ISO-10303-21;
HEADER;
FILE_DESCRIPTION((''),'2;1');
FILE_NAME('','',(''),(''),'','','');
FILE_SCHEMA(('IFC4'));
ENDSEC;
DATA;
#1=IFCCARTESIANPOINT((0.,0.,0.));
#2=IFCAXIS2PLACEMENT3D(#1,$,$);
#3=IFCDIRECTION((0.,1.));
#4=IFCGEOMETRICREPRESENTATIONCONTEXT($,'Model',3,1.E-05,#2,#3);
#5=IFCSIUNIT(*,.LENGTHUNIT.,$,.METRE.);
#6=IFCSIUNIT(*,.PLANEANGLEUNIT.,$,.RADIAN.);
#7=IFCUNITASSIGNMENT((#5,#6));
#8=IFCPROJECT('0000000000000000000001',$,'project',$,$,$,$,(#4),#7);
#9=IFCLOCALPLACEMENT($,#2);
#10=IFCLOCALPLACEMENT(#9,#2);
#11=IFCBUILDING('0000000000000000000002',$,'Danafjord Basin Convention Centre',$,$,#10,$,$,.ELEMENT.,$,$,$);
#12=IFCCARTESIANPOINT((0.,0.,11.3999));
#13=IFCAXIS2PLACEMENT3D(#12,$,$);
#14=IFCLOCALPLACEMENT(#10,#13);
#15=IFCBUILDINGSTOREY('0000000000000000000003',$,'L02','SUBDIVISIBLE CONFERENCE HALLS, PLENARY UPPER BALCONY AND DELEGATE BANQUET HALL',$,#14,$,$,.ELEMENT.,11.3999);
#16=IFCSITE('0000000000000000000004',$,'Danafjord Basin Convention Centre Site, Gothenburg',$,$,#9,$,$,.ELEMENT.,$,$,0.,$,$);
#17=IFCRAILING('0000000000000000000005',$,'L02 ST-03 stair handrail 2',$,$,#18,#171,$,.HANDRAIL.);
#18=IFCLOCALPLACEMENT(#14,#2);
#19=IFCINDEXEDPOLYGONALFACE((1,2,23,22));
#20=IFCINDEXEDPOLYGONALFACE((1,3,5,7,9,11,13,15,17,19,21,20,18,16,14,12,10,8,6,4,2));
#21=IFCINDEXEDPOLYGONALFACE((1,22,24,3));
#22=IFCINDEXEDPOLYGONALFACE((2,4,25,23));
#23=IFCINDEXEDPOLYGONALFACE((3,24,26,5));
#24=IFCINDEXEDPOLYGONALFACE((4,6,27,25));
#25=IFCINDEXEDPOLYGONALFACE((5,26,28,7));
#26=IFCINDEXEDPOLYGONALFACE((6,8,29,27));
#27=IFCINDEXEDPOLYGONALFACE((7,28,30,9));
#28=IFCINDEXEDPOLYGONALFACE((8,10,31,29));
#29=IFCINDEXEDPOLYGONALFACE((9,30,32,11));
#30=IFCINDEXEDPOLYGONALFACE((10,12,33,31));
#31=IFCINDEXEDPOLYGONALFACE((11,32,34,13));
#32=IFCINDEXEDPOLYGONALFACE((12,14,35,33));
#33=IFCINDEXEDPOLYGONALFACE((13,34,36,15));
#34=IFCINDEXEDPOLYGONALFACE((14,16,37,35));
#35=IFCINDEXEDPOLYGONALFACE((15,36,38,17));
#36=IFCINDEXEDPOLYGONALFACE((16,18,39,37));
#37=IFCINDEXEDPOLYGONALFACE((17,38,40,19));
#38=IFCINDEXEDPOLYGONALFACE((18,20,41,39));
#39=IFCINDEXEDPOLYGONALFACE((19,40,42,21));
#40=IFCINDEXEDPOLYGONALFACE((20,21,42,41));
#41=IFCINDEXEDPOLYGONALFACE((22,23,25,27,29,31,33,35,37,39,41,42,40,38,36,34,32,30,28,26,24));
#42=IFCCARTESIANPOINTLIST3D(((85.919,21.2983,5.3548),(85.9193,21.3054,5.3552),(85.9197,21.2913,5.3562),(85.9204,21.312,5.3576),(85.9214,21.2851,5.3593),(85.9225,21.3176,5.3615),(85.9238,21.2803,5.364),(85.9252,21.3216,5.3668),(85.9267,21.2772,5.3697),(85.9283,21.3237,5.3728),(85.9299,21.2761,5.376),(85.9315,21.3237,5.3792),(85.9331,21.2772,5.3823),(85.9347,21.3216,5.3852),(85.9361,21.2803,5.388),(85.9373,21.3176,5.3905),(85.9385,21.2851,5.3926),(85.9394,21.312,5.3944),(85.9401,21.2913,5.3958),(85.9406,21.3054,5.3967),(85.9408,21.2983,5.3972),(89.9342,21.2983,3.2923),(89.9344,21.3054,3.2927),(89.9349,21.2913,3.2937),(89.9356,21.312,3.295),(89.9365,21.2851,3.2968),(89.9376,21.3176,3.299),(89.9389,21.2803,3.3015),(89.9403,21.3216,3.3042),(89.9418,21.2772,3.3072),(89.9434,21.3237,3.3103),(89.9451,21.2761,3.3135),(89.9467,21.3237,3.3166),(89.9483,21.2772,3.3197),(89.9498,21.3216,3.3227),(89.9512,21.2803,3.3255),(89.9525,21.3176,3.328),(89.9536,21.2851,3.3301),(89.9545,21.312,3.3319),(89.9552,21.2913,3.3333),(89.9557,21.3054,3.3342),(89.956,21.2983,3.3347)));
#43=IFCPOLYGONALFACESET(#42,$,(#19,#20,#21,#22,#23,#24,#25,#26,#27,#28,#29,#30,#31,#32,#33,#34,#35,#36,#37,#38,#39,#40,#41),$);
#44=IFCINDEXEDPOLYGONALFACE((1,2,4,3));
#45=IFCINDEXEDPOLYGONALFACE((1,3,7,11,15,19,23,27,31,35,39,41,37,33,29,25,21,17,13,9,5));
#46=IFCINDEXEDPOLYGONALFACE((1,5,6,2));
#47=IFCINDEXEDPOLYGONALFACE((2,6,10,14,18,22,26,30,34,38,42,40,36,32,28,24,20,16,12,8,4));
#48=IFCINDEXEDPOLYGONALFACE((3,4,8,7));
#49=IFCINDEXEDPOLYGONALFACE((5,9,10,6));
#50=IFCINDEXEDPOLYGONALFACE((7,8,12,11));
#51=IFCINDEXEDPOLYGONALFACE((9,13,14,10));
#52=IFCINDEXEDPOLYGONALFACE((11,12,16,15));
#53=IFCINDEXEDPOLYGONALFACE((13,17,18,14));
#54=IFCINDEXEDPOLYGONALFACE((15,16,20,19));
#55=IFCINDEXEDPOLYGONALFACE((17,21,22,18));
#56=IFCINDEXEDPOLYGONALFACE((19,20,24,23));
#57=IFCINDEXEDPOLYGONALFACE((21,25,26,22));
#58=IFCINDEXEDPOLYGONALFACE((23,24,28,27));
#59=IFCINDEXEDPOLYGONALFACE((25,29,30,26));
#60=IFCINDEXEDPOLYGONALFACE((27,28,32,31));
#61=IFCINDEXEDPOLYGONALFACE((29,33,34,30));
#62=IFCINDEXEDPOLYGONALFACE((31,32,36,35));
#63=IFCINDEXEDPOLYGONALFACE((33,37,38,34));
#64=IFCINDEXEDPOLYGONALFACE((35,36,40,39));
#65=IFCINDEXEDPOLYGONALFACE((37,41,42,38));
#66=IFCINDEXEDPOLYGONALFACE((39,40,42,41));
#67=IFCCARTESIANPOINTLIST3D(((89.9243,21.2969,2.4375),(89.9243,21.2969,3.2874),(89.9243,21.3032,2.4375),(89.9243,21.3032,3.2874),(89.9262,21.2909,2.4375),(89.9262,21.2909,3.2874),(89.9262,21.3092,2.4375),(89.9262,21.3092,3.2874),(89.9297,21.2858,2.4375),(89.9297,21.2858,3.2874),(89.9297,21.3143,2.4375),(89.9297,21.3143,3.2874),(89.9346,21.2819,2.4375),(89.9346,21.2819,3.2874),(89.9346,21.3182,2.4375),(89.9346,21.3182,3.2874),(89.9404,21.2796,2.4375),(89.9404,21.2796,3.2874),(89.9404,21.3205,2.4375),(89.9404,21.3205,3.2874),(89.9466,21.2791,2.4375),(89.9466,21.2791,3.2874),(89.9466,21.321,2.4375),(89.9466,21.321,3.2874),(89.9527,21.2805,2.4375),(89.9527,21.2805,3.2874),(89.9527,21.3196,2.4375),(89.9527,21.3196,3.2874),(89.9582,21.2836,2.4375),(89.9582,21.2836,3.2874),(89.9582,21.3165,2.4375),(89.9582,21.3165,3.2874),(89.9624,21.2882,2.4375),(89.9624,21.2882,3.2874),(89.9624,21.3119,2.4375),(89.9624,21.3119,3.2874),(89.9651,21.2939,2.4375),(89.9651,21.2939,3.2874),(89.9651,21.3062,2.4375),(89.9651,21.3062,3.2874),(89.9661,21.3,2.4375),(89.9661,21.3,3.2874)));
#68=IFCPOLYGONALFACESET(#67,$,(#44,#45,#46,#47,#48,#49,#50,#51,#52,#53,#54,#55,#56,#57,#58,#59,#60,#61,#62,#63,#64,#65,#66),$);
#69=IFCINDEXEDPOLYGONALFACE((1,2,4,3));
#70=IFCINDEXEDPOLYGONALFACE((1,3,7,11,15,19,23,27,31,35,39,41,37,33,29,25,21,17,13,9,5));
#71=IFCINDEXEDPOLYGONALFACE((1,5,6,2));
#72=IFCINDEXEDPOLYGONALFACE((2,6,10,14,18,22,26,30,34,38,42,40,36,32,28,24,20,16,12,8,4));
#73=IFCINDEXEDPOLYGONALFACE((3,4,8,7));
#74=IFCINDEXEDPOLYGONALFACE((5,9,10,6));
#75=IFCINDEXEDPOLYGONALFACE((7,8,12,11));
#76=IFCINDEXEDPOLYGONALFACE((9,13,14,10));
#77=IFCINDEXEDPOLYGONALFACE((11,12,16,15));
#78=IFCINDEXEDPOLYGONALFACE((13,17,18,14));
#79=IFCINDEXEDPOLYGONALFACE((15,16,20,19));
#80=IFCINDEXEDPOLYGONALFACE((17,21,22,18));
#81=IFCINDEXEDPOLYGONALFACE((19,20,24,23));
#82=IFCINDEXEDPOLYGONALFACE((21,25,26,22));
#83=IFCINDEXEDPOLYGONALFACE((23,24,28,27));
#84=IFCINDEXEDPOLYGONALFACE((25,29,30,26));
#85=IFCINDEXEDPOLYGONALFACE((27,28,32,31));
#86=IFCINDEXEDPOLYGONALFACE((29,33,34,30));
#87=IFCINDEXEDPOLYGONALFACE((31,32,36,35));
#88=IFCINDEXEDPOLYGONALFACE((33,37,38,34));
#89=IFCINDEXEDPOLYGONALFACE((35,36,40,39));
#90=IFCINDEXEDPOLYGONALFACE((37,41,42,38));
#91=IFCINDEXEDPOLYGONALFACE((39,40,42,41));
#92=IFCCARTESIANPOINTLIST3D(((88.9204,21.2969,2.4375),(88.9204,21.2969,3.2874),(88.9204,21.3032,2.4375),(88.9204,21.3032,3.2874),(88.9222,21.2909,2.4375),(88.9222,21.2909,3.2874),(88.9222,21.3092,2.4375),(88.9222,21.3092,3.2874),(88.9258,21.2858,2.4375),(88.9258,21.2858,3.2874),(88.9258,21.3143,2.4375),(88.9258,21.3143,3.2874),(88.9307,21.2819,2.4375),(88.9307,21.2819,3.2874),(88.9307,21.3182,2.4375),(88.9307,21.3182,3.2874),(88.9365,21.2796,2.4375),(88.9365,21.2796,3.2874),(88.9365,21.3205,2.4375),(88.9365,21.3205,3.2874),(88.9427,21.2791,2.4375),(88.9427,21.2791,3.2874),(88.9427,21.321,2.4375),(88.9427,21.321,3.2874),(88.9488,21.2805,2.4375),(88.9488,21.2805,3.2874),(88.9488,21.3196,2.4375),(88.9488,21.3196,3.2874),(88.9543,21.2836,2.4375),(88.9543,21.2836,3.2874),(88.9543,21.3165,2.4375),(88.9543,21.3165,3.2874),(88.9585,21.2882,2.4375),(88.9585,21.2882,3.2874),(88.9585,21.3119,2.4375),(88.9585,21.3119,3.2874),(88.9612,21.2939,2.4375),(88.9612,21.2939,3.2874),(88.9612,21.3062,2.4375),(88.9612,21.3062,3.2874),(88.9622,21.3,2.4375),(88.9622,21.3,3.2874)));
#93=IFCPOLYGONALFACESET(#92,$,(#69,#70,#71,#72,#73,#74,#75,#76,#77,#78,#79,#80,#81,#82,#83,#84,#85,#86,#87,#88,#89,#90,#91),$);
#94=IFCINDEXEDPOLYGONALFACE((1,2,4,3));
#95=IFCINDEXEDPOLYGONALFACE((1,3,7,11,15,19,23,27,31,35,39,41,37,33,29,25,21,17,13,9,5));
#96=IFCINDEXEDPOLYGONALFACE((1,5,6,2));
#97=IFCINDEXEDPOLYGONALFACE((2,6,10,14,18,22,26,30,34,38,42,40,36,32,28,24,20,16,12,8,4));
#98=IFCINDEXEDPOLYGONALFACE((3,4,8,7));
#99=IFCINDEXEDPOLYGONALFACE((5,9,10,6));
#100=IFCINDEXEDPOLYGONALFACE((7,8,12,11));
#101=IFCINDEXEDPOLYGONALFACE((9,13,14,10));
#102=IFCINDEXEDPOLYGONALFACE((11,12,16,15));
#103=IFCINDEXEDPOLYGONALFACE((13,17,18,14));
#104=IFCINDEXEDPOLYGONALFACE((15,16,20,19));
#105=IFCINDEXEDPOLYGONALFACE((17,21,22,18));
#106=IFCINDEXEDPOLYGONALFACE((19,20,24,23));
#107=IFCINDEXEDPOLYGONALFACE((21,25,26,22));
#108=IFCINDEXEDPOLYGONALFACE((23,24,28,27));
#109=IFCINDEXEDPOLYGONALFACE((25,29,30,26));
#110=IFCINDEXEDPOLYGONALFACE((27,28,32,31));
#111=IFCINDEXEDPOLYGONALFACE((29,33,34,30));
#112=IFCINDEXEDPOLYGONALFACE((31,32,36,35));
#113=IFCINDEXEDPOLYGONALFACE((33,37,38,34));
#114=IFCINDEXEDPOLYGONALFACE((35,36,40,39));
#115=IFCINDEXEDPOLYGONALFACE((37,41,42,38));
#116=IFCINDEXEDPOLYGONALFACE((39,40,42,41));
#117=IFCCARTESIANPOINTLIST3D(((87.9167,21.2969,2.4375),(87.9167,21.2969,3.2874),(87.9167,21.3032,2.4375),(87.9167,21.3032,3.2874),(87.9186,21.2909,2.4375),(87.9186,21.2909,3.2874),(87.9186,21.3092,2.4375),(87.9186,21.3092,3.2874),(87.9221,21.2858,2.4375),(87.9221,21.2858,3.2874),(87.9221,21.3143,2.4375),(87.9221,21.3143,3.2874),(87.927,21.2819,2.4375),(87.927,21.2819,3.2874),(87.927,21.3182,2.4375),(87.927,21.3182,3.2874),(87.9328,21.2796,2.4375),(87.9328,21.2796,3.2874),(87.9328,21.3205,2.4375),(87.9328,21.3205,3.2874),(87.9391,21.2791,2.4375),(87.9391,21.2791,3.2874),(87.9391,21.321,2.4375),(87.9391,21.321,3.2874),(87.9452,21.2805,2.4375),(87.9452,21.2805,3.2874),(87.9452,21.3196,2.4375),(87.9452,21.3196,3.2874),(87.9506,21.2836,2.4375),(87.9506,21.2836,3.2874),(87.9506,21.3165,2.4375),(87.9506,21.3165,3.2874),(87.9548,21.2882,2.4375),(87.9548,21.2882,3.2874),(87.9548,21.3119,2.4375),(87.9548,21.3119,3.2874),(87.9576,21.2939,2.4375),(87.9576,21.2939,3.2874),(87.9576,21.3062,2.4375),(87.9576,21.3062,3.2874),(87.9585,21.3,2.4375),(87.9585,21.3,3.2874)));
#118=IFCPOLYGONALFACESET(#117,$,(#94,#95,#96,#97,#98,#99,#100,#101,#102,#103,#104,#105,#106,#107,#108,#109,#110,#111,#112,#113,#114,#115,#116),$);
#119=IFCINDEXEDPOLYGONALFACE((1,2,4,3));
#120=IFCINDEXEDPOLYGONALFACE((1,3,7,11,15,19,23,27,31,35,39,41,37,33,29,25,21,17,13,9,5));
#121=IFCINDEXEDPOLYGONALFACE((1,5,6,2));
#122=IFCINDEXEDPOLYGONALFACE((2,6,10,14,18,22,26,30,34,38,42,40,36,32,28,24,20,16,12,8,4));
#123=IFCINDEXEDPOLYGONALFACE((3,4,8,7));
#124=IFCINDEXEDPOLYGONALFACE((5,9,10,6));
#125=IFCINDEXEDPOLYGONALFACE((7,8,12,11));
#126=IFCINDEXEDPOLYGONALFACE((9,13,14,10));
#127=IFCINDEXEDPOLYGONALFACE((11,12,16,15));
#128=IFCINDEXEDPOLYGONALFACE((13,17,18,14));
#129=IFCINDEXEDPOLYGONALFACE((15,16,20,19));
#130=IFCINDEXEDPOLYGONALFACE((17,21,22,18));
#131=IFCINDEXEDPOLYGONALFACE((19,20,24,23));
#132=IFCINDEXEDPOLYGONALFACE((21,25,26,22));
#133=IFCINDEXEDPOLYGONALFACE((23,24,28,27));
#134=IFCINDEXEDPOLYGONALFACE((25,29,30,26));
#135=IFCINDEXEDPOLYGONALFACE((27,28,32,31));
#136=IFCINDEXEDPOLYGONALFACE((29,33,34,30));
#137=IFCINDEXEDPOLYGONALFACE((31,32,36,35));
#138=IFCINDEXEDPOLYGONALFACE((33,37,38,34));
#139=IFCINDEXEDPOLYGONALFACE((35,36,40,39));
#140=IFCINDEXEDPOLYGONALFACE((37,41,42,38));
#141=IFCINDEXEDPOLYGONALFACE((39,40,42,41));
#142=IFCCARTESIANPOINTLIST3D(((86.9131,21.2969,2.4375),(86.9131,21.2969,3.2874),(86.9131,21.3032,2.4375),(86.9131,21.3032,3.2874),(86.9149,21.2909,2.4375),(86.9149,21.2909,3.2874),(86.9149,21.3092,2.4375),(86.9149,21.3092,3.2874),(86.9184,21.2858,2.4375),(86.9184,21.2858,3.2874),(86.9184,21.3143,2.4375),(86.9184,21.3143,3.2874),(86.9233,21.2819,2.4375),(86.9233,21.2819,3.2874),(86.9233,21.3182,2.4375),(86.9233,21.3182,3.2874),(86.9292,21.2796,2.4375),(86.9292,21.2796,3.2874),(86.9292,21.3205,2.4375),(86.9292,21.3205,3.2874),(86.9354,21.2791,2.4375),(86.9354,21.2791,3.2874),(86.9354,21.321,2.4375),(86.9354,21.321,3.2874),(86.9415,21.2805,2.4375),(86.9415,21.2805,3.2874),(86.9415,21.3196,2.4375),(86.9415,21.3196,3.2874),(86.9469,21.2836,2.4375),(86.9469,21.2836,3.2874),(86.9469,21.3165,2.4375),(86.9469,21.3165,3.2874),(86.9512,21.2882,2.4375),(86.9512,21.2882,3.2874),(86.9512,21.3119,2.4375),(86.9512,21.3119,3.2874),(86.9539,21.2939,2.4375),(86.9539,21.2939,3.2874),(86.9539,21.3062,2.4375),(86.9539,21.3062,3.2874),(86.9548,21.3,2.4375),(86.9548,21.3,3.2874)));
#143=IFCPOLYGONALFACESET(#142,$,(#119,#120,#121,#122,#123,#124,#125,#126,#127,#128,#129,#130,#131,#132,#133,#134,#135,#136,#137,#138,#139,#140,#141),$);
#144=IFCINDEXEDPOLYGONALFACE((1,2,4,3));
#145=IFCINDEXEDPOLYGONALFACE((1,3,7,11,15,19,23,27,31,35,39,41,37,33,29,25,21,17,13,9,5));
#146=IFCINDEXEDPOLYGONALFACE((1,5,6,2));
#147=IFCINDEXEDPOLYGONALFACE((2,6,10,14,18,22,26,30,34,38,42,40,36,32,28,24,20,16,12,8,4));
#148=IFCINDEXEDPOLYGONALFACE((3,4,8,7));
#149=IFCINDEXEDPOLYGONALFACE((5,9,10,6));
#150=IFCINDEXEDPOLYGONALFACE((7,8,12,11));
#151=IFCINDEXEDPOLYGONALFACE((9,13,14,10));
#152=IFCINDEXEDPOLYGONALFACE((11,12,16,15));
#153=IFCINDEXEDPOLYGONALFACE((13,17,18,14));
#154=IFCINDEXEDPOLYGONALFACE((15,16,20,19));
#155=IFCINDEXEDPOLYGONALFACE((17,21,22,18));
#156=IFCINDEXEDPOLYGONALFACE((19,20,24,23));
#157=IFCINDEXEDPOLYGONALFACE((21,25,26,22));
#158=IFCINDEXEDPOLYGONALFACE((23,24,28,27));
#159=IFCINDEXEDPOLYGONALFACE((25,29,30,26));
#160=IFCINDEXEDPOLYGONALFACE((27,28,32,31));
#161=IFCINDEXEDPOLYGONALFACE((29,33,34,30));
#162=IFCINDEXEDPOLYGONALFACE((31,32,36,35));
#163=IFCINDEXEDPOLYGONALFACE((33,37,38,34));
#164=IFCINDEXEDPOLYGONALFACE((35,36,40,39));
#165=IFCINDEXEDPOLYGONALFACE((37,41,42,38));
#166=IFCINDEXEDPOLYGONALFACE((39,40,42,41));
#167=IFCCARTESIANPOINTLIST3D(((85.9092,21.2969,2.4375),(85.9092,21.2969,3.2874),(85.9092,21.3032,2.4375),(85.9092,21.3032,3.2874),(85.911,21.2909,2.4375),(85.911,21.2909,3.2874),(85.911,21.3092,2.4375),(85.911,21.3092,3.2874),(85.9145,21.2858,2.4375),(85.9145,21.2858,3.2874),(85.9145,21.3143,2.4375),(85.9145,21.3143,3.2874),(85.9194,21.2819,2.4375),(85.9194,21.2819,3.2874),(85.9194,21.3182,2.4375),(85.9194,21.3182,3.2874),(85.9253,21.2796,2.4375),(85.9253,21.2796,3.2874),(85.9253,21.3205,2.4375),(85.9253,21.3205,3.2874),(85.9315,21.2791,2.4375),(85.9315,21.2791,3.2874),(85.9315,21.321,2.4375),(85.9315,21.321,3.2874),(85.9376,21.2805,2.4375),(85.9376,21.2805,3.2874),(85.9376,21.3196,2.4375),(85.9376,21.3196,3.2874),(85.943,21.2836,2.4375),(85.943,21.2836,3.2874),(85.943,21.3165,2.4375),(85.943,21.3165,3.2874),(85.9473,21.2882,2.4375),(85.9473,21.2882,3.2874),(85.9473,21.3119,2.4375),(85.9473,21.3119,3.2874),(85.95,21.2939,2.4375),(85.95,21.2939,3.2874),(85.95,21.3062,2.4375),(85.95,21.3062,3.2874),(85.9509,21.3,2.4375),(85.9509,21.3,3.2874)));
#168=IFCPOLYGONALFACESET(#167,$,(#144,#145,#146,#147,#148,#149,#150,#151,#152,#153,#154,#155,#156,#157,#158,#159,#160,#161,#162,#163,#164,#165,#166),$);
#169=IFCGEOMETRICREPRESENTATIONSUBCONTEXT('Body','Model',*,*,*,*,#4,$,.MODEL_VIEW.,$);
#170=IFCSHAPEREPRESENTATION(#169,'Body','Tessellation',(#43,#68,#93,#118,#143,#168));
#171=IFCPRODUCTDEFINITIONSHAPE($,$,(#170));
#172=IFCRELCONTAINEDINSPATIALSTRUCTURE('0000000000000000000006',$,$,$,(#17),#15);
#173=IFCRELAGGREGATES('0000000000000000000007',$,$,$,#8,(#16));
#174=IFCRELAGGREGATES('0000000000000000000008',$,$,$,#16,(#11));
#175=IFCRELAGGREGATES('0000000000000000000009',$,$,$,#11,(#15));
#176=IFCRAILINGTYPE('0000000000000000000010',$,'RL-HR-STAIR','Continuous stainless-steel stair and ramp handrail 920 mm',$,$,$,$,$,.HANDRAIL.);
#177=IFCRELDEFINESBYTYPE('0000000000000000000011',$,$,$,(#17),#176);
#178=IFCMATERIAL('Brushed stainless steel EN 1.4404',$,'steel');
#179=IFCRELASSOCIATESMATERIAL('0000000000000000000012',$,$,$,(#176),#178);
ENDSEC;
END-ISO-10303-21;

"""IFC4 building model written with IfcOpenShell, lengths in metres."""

from ifc_helpers import new_model, si_unit, direction, frame, origin, origin_2d, place, context, subcontext, project, spatial, circle, extrude, material, type_object, element, save


model = new_model("IFC4")

# Units and contexts
model_context = context("Model", 3, precision=1e-05, world=origin(), true_north=direction((0.0, 1.0)))
body_context = subcontext(model_context, "Body", "Model", "MODEL_VIEW")
ifc_project = project(units=[si_unit("LENGTHUNIT", "METRE"), si_unit("PLANEANGLEUNIT", "RADIAN")], contexts=[model_context])

# Site, building, storey
site_placement = place(None, origin())
site = spatial("IfcSite", under=ifc_project, at=site_placement, Name="Danafjord Basin Convention Centre Site, Gothenburg", CompositionType="ELEMENT", RefElevation=0.0)
building_placement = place(site_placement, origin())
building = spatial("IfcBuilding", under=site, at=building_placement, Name="Danafjord Basin Convention Centre", CompositionType="ELEMENT")
storey_placement = place(building_placement, frame((0.0, 0.0, 11.3999)))
storey = spatial("IfcBuildingStorey", under=building, at=storey_placement, Name="L02", Description="SUBDIVISIBLE CONFERENCE HALLS, PLENARY UPPER BALCONY AND DELEGATE BANQUET HALL", CompositionType="ELEMENT", Elevation=11.3999)

# Railing
ifc_material_1 = material(Name="Brushed stainless steel EN 1.4404", Category="steel")
railing_type_1 = type_object("IfcRailingType", Name="RL-HR-STAIR", Description="Continuous stainless-steel stair and ramp handrail 920 mm", PredefinedType="HANDRAIL", material=ifc_material_1)
railing_1_placement = place(storey_placement, frame((89.9451, 21.3, 2.4375)))
element("IfcRailing", 1, at=railing_1_placement, inside=storey, type_object=railing_type_1, Name="L02 ST-03 stair handrail 2", PredefinedType="HANDRAIL", context=body_context, shape_type="SweptSolid", body=[
    extrude(circle(Radius=0.0239, at=origin_2d()), frame((0.0, 0.0, 0.876), z_axis=(-0.889506, 0.0, 0.456923), x_axis=(0.0, -1.0, 0.0)), (0.0, 0.0, 1.0), 4.5139),
    extrude(circle(Radius=0.021, at=origin_2d()), origin(), (0.0, 0.0, 1.0), 0.8499),
    extrude(circle(Radius=0.021, at=origin_2d()), frame((-1.0039, 0.0, 0.0)), (0.0, 0.0, 1.0), 0.8499),
    extrude(circle(Radius=0.021, at=origin_2d()), frame((-2.0076, 0.0, 0.0)), (0.0, 0.0, 1.0), 0.8499),
    extrude(circle(Radius=0.021, at=origin_2d()), frame((-3.0112, 0.0, 0.0)), (0.0, 0.0, 1.0), 0.8499),
    extrude(circle(Radius=0.021, at=origin_2d()), frame((-4.0151, 0.0, 0.0)), (0.0, 0.0, 1.0), 0.8499),
])

save(model, "model.ifc")
